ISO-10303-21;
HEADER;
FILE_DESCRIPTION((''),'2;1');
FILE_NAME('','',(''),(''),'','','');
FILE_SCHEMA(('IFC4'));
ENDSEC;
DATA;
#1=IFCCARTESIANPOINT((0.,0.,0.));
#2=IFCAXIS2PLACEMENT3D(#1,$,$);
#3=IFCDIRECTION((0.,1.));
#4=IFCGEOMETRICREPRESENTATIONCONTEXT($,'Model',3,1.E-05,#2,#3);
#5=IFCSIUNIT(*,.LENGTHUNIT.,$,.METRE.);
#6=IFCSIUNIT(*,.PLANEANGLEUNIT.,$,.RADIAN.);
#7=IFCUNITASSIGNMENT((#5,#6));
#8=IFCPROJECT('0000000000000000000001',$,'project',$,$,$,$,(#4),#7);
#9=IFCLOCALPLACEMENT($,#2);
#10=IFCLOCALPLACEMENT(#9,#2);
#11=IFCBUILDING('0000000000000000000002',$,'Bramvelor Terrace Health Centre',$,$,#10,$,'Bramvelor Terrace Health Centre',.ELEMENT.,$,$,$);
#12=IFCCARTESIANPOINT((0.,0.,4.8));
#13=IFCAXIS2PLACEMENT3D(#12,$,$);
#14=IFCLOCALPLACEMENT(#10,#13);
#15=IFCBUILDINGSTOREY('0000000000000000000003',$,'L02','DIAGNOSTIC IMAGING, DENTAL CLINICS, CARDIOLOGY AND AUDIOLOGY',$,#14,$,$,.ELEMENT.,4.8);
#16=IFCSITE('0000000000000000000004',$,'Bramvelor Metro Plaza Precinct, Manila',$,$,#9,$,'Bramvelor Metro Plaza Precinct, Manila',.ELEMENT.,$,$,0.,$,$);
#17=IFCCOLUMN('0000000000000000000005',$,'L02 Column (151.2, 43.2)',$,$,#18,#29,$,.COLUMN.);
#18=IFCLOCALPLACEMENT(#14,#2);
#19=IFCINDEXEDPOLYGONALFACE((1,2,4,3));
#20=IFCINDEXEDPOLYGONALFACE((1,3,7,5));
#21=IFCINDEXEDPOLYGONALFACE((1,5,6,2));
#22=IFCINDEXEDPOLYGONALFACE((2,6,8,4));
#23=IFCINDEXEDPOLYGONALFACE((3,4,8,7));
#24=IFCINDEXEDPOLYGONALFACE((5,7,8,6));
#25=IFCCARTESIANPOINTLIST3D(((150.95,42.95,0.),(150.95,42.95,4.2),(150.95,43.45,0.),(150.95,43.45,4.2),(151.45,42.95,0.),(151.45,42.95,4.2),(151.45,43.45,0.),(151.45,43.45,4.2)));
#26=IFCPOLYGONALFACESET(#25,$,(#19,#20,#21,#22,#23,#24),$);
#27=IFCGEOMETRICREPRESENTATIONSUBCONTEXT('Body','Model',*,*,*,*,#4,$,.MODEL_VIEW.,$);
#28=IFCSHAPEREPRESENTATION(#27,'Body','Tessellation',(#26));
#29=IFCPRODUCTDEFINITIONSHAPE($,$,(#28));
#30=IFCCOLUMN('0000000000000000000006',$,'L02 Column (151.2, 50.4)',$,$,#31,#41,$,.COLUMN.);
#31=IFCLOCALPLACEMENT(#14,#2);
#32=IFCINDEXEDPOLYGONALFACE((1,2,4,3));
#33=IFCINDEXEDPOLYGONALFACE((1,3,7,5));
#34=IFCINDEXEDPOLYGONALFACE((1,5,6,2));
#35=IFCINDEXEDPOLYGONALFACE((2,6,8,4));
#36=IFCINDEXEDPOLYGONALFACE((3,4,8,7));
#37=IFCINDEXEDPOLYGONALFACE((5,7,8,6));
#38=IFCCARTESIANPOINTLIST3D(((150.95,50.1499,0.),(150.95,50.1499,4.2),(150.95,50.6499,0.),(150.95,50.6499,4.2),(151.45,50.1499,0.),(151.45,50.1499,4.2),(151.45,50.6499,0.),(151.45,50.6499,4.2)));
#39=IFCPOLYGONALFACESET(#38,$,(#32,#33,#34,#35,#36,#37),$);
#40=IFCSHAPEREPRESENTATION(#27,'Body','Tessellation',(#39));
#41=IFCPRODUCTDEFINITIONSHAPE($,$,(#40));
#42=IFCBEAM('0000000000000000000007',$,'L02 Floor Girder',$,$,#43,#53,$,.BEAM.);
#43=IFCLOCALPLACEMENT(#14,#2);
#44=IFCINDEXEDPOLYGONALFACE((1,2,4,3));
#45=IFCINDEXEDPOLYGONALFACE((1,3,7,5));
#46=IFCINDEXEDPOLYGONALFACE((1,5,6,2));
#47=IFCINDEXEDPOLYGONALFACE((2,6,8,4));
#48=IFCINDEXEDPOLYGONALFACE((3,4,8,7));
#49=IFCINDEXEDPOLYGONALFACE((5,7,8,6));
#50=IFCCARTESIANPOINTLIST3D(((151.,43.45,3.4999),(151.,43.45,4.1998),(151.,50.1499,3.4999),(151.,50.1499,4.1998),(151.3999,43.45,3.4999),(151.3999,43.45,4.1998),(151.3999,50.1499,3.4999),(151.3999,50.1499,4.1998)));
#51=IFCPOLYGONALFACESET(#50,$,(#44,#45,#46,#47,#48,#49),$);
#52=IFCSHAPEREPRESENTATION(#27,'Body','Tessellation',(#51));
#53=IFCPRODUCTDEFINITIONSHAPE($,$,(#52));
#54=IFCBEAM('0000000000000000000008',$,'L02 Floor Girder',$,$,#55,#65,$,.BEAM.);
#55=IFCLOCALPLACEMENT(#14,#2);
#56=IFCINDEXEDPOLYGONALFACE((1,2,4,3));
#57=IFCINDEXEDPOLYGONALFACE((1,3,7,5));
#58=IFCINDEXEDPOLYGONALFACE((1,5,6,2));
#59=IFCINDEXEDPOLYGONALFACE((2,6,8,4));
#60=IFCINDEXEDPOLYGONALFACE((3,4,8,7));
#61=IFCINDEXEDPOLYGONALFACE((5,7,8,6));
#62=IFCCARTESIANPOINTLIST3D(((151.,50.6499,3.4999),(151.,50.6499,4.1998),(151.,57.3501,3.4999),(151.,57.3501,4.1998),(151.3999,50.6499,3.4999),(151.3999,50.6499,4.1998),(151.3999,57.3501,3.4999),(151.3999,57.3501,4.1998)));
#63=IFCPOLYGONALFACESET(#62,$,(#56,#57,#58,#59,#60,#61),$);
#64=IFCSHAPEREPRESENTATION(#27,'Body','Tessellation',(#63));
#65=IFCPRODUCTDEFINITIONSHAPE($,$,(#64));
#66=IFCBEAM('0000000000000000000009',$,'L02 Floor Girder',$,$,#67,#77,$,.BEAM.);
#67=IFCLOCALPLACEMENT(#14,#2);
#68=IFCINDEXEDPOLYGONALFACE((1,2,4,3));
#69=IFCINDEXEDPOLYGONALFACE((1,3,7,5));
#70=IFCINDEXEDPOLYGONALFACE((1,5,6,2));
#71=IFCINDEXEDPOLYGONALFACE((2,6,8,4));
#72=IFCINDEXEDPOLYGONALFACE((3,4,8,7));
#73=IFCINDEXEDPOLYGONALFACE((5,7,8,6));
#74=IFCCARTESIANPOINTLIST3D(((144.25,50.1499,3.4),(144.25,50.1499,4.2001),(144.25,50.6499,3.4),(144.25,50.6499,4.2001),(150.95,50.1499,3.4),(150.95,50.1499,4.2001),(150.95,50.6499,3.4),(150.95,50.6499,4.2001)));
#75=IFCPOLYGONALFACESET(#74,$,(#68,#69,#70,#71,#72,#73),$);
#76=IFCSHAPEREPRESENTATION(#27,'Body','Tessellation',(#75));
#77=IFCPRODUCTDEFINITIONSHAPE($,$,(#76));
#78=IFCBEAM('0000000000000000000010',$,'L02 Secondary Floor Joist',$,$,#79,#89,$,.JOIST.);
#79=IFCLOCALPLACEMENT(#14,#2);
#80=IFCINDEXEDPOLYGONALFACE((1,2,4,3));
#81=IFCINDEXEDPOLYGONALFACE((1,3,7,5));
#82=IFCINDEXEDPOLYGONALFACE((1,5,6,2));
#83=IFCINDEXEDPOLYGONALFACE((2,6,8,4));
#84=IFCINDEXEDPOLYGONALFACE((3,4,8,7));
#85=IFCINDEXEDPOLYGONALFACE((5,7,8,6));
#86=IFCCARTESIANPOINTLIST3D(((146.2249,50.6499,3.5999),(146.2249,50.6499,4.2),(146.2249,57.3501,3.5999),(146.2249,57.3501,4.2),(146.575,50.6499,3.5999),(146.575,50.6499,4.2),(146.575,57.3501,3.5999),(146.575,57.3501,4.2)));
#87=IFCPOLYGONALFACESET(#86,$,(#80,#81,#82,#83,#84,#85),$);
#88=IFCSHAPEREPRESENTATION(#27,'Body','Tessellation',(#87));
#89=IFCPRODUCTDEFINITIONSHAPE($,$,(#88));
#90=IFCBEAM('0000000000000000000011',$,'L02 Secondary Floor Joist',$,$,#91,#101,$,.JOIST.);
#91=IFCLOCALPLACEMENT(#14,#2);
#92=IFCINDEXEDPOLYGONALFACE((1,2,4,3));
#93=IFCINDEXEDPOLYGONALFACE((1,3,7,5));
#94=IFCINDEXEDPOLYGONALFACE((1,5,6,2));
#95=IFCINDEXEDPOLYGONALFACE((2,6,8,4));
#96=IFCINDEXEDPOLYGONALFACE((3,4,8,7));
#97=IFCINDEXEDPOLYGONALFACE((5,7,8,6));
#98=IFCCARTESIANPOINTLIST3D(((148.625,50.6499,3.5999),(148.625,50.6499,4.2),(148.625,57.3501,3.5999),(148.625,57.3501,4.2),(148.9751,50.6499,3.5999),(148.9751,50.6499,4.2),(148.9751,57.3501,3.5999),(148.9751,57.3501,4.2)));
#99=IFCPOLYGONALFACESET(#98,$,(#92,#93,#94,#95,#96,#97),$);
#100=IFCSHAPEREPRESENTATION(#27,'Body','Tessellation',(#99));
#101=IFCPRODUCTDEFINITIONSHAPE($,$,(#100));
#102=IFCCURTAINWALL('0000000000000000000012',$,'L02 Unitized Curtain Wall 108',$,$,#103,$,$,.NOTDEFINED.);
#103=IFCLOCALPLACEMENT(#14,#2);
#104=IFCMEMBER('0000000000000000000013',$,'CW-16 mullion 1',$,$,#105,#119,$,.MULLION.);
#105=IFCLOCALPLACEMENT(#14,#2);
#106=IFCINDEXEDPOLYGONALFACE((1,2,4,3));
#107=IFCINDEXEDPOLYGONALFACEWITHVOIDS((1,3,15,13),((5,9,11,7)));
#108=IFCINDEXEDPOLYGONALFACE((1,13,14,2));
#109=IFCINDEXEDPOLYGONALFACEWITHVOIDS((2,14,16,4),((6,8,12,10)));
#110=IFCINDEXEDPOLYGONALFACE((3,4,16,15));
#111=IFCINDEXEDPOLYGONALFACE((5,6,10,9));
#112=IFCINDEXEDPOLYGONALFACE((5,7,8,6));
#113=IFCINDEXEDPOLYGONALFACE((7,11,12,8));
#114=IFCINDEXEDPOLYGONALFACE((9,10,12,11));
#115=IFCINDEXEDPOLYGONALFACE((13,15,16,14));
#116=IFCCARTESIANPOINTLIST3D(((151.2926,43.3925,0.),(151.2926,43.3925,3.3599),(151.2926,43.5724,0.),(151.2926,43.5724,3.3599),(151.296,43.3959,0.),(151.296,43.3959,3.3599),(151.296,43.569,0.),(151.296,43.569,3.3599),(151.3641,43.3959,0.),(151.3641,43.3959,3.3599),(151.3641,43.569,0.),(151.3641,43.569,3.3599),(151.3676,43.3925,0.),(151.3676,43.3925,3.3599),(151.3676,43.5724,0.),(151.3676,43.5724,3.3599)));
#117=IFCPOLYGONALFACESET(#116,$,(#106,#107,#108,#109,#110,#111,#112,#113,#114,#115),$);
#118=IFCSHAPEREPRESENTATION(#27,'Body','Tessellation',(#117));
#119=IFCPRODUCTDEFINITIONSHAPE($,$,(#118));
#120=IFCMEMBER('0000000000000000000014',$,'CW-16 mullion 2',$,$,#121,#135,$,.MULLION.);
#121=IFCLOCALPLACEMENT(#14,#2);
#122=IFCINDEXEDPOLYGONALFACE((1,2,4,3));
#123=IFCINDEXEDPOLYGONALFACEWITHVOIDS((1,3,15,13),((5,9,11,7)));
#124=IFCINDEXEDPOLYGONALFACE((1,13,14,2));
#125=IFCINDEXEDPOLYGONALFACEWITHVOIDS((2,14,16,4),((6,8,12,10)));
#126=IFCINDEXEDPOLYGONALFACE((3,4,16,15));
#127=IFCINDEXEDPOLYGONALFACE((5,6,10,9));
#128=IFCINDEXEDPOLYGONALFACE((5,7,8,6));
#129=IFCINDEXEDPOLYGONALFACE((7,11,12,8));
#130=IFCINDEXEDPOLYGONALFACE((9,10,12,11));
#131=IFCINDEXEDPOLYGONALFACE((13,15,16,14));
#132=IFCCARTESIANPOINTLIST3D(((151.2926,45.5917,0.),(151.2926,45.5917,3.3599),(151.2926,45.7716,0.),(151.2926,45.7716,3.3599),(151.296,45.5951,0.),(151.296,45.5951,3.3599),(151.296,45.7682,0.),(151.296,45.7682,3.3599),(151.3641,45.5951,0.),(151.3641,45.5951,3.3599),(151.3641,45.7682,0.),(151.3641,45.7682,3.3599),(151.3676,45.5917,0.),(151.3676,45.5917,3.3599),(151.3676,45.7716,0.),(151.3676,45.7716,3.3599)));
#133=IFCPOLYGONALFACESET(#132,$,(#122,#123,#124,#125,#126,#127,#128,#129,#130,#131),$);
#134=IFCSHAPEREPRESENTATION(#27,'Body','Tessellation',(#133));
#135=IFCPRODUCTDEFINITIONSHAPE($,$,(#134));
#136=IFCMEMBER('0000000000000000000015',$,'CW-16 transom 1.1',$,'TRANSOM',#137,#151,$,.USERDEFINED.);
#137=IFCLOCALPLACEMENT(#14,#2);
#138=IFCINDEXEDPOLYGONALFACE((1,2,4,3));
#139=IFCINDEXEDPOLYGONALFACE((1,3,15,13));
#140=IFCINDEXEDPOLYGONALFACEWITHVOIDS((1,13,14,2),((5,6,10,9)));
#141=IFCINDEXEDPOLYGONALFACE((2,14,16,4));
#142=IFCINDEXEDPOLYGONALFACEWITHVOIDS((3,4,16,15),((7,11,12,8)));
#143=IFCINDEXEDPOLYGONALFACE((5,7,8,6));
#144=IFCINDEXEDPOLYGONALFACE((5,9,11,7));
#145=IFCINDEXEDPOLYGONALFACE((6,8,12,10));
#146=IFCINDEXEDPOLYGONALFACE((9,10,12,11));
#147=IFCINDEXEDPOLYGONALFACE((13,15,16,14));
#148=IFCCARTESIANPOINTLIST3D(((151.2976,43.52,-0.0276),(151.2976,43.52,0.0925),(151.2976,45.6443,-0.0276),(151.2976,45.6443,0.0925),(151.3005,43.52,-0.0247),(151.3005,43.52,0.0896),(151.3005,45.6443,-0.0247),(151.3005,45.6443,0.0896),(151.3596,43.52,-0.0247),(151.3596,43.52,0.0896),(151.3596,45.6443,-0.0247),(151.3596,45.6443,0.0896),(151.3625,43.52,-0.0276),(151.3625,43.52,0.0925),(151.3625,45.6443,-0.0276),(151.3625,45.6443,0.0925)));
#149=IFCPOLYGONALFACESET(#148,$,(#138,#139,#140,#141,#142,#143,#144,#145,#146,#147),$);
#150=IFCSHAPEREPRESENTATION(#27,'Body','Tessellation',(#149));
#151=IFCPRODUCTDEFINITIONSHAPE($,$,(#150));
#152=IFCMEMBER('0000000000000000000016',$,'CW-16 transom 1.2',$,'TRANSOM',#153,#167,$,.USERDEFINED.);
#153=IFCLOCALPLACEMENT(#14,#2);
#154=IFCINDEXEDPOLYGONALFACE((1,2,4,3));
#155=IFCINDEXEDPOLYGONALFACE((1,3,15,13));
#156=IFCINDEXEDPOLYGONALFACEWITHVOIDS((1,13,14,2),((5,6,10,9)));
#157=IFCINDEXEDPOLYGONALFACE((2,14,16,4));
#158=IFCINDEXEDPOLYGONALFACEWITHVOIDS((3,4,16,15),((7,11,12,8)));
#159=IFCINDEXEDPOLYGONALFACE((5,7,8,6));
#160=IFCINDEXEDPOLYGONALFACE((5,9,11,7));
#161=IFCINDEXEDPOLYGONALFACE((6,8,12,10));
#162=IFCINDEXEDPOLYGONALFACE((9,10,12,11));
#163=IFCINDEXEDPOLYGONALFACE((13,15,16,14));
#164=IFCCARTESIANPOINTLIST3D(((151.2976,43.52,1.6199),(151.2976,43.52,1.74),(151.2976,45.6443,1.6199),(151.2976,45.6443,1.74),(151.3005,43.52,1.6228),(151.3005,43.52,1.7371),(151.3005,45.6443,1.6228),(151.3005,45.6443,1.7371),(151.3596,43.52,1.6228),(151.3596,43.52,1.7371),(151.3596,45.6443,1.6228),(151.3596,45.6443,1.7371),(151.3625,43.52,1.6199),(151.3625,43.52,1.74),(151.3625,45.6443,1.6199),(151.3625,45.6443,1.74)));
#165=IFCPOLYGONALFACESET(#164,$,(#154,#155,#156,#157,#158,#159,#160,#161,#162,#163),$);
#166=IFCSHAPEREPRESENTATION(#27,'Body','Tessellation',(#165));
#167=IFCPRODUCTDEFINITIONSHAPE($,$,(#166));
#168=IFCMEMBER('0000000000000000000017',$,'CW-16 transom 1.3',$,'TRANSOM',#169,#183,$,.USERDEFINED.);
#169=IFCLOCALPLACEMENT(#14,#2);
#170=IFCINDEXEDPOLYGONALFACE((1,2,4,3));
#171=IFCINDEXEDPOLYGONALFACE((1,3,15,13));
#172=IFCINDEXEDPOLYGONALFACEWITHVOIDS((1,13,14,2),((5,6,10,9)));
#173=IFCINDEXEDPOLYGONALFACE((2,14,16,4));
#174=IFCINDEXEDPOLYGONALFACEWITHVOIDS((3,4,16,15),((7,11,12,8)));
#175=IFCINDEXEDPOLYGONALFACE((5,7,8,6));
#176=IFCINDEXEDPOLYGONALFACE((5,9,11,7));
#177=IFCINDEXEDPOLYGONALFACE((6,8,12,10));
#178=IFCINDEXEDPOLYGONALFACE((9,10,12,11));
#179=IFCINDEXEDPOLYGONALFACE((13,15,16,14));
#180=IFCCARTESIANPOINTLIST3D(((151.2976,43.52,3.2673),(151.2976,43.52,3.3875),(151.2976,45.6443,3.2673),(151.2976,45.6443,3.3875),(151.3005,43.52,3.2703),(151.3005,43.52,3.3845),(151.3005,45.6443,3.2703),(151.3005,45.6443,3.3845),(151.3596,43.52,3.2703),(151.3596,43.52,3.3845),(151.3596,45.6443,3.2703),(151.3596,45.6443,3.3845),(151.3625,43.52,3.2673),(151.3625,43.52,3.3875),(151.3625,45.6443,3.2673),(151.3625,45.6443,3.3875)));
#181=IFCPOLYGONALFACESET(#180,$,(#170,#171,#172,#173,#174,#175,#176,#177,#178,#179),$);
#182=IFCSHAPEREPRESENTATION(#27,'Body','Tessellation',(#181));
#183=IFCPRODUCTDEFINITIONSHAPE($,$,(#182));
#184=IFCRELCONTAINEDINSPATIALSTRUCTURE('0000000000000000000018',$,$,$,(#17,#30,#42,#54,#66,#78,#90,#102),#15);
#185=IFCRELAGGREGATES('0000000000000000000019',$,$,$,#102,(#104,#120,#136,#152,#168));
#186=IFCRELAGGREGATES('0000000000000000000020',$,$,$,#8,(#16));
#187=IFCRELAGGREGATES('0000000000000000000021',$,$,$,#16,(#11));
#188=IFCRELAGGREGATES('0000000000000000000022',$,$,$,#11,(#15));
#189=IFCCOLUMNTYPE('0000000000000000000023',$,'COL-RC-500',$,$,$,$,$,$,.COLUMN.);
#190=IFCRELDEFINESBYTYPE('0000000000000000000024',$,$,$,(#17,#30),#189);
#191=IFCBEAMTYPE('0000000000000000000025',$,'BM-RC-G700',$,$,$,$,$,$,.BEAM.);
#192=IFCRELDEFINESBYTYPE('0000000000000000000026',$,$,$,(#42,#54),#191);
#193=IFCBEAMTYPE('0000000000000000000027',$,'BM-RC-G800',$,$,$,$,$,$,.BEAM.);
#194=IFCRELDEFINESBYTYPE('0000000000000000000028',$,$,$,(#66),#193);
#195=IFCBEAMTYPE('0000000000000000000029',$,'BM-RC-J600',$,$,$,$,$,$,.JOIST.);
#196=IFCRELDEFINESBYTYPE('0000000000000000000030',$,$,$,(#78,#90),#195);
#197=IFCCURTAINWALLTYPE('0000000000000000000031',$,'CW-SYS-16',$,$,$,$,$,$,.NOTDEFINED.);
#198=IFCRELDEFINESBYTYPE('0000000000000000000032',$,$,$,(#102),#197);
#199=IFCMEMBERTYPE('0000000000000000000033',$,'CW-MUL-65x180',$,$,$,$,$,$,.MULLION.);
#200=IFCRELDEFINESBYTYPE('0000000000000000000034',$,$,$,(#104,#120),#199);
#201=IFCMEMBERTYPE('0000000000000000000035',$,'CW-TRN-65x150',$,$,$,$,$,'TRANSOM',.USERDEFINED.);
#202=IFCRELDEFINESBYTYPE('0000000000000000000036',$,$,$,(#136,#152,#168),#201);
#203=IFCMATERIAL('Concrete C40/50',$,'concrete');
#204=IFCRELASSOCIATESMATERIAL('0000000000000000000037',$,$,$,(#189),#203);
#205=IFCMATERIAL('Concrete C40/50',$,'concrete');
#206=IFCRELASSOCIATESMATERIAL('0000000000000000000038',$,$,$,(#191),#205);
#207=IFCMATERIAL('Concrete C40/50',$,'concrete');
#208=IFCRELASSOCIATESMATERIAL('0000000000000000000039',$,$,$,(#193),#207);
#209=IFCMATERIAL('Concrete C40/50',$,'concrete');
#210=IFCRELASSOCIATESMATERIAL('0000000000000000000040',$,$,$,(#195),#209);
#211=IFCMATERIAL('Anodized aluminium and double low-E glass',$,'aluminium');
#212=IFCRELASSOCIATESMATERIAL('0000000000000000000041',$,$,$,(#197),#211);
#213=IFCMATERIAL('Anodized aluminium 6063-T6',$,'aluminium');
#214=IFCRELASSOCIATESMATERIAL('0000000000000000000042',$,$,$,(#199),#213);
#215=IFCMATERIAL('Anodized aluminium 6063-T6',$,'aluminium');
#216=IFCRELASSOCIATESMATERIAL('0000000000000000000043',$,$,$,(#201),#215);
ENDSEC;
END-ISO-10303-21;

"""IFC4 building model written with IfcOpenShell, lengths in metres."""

from ifc_helpers import new_model, si_unit, direction, frame, origin, origin_2d, place, context, subcontext, project, spatial, rectangle, hollow_rectangle, extrude, material, material_profile, profile_set, type_object, element, aggregate, save


model = new_model("IFC4")

# Units and contexts
model_context = context("Model", 3, precision=1e-05, world=origin(), true_north=direction((0.0, 1.0)))
body_context = subcontext(model_context, "Body", "Model", "MODEL_VIEW")
ifc_project = project(units=[si_unit("LENGTHUNIT", "METRE"), si_unit("PLANEANGLEUNIT", "RADIAN")], contexts=[model_context])

# Site, building, storey
site_placement = place(None, origin())
site = spatial("IfcSite", under=ifc_project, at=site_placement, Name="Bramvelor Metro Plaza Precinct, Manila", LongName="Bramvelor Metro Plaza Precinct, Manila", CompositionType="ELEMENT", RefElevation=0.0)
building_placement = place(site_placement, origin())
building = spatial("IfcBuilding", under=site, at=building_placement, Name="Bramvelor Terrace Health Centre", LongName="Bramvelor Terrace Health Centre", CompositionType="ELEMENT")
storey_placement = place(building_placement, frame((0.0, 0.0, 4.8)))
storey = spatial("IfcBuildingStorey", under=building, at=storey_placement, Name="L02", Description="DIAGNOSTIC IMAGING, DENTAL CLINICS, CARDIOLOGY AND AUDIOLOGY", CompositionType="ELEMENT", Elevation=4.8)

# Columns
ifc_material_1 = material(Name="Concrete C40/50", Category="concrete")
ifc_material_profile_1 = material_profile(ifc_material_1, rectangle(XDim=0.5, YDim=0.5, at=origin_2d()), Name="RC 500x500")
ifc_profile_set_1 = profile_set([ifc_material_profile_1], Name="Concrete C40/50")
column_type = type_object("IfcColumnType", Name="COL-RC-500", PredefinedType="COLUMN", material=ifc_profile_set_1)
for number, where, z_axis, x_axis, name in (
    (1, (151.2, 43.2, 0.0), (0.0, 0.0, 1.0), (1.0, 0.0, 0.0), "L02 Column (151.2, 43.2)"),
    (2, (151.2, 50.3999, 0.0), (0.0, 0.0, 1.0), (1.0, 0.0, 0.0), "L02 Column (151.2, 50.4)"),
):
    element("IfcColumn", number, at=place(storey_placement, frame(where, z_axis=z_axis, x_axis=x_axis)), inside=storey, type_object=column_type, Name=name, PredefinedType="COLUMN", context=body_context, shape_type="SweptSolid", body=[
        extrude(rectangle(XDim=0.5, YDim=0.5, at=origin_2d()), origin(), (0.0, 0.0, 1.0), 4.2),
    ])

# Beams
ifc_material_2 = material(Name="Concrete C40/50", Category="concrete")
ifc_material_profile_2 = material_profile(ifc_material_2, rectangle(XDim=0.3999, YDim=0.7, at=origin_2d()), Name="RC 400x700")
ifc_profile_set_2 = profile_set([ifc_material_profile_2], Name="Concrete C40/50")
beam_type_1 = type_object("IfcBeamType", Name="BM-RC-G700", PredefinedType="BEAM", material=ifc_profile_set_2)
beam_1_placement = place(storey_placement, frame((151.2, 43.45, 3.8499), z_axis=(0.0, 1.0, 0.0), x_axis=(-1.0, 0.0, 0.0)))
element("IfcBeam", 3, at=beam_1_placement, inside=storey, type_object=beam_type_1, Name="L02 Floor Girder", PredefinedType="BEAM", context=body_context, shape_type="SweptSolid", body=[
    extrude(rectangle(XDim=0.3999, YDim=0.7, at=origin_2d()), origin(), (0.0, 0.0, 1.0), 6.7),
])
beam_2_placement = place(storey_placement, frame((151.2, 50.6499, 3.8499), z_axis=(0.0, 1.0, 0.0), x_axis=(-1.0, 0.0, 0.0)))
element("IfcBeam", 4, at=beam_2_placement, inside=storey, type_object=beam_type_1, Name="L02 Floor Girder", PredefinedType="BEAM", context=body_context, shape_type="SweptSolid", body=[
    extrude(rectangle(XDim=0.3999, YDim=0.7, at=origin_2d()), origin(), (0.0, 0.0, 1.0), 6.7002),
])
ifc_material_3 = material(Name="Concrete C40/50", Category="concrete")
ifc_material_profile_3 = material_profile(ifc_material_3, rectangle(XDim=0.5, YDim=0.8, at=origin_2d()), Name="RC 500x800")
ifc_profile_set_3 = profile_set([ifc_material_profile_3], Name="Concrete C40/50")
beam_type_2 = type_object("IfcBeamType", Name="BM-RC-G800", PredefinedType="BEAM", material=ifc_profile_set_3)
beam_3_placement = place(storey_placement, frame((144.25, 50.3999, 3.8), z_axis=(1.0, 0.0, 0.0), x_axis=(0.0, 1.0, 0.0)))
element("IfcBeam", 5, at=beam_3_placement, inside=storey, type_object=beam_type_2, Name="L02 Floor Girder", PredefinedType="BEAM", context=body_context, shape_type="SweptSolid", body=[
    extrude(rectangle(XDim=0.5, YDim=0.8, at=origin_2d()), origin(), (0.0, 0.0, 1.0), 6.7),
])
ifc_material_4 = material(Name="Concrete C40/50", Category="concrete")
ifc_material_profile_4 = material_profile(ifc_material_4, rectangle(XDim=0.3501, YDim=0.6001, at=origin_2d()), Name="RC 350x600")
ifc_profile_set_4 = profile_set([ifc_material_profile_4], Name="Concrete C40/50")
beam_type_3 = type_object("IfcBeamType", Name="BM-RC-J600", PredefinedType="JOIST", material=ifc_profile_set_4)
for number, where, z_axis, x_axis, name in (
    (6, (146.3999, 50.6499, 3.8999), (0.0, 1.0, 0.0), (-1.0, 0.0, 0.0), "L02 Secondary Floor Joist"),
    (7, (148.8, 50.6499, 3.8999), (0.0, 1.0, 0.0), (-1.0, 0.0, 0.0), "L02 Secondary Floor Joist"),
):
    element("IfcBeam", number, at=place(storey_placement, frame(where, z_axis=z_axis, x_axis=x_axis)), inside=storey, type_object=beam_type_3, Name=name, PredefinedType="JOIST", context=body_context, shape_type="SweptSolid", body=[
        extrude(rectangle(XDim=0.3501, YDim=0.6001, at=origin_2d()), origin(), (0.0, 0.0, 1.0), 6.7002),
    ])

# Curtain wall, members
ifc_material_5 = material(Name="Anodized aluminium and double low-E glass", Category="aluminium")
curtain_wall_type = type_object("IfcCurtainWallType", Name="CW-SYS-16", PredefinedType="NOTDEFINED", material=ifc_material_5)
curtain_wall_placement = place(storey_placement, origin())
curtain_wall = element("IfcCurtainWall", 8, at=curtain_wall_placement, inside=storey, type_object=curtain_wall_type, Name="L02 Unitized Curtain Wall 108", PredefinedType="NOTDEFINED")
ifc_material_6 = material(Name="Anodized aluminium 6063-T6", Category="aluminium")
ifc_material_profile_5 = material_profile(ifc_material_6, hollow_rectangle(XDim=0.075, YDim=0.1799, WallThickness=0.0034, at=origin_2d()), Name="ALU-MUL 75x180x3.5")
ifc_profile_set_5 = profile_set([ifc_material_profile_5], Name="Anodized aluminium 6063-T6")
member_type_1 = type_object("IfcMemberType", Name="CW-MUL-65x180", PredefinedType="MULLION", material=ifc_profile_set_5)
member_1_placement = place(storey_placement, frame((151.3301, 43.4824, 0.0), z_axis=(0.0, 0.0, 1.0), x_axis=(-1.0, 0.0, 0.0)))
member_1 = element("IfcMember", 9, at=member_1_placement, type_object=member_type_1, Name="CW-16 mullion 1", PredefinedType="MULLION", context=body_context, shape_type="SweptSolid", body=[
    extrude(hollow_rectangle(XDim=0.075, YDim=0.1799, WallThickness=0.0034, at=origin_2d()), origin(), (0.0, 0.0, 1.0), 3.3599),
])
member_2_placement = place(storey_placement, frame((151.3301, 45.6816, 0.0), z_axis=(0.0, 0.0, 1.0), x_axis=(-1.0, 0.0, 0.0)))
member_2 = element("IfcMember", 10, at=member_2_placement, type_object=member_type_1, Name="CW-16 mullion 2", PredefinedType="MULLION", context=body_context, shape_type="SweptSolid", body=[
    extrude(hollow_rectangle(XDim=0.075, YDim=0.1799, WallThickness=0.0034, at=origin_2d()), origin(), (0.0, 0.0, 1.0), 3.3599),
])
ifc_material_7 = material(Name="Anodized aluminium 6063-T6", Category="aluminium")
ifc_material_profile_6 = material_profile(ifc_material_7, hollow_rectangle(XDim=0.0649, YDim=0.1201, WallThickness=0.0029, at=origin_2d()), Name="ALU-TRN 65x120x3.0")
ifc_profile_set_6 = profile_set([ifc_material_profile_6], Name="Anodized aluminium 6063-T6")
member_type_2 = type_object("IfcMemberType", Name="CW-TRN-65x150", ElementType="TRANSOM", PredefinedType="USERDEFINED", material=ifc_profile_set_6)
member_3_placement = place(storey_placement, frame((151.3301, 43.52, 0.0325), z_axis=(0.0, 1.0, 0.0), x_axis=(-1.0, 0.0, 0.0)))
member_3 = element("IfcMember", 11, at=member_3_placement, type_object=member_type_2, Name="CW-16 transom 1.1", ObjectType="TRANSOM", PredefinedType="USERDEFINED", context=body_context, shape_type="SweptSolid", body=[
    extrude(hollow_rectangle(XDim=0.0649, YDim=0.1201, WallThickness=0.0029, at=origin_2d()), origin(), (0.0, 0.0, 1.0), 2.1243),
])
member_4_placement = place(storey_placement, frame((151.3301, 43.52, 1.6799), z_axis=(0.0, 1.0, 0.0), x_axis=(-1.0, 0.0, 0.0)))
member_4 = element("IfcMember", 12, at=member_4_placement, type_object=member_type_2, Name="CW-16 transom 1.2", ObjectType="TRANSOM", PredefinedType="USERDEFINED", context=body_context, shape_type="SweptSolid", body=[
    extrude(hollow_rectangle(XDim=0.0649, YDim=0.1201, WallThickness=0.0029, at=origin_2d()), origin(), (0.0, 0.0, 1.0), 2.1243),
])
member_5_placement = place(storey_placement, frame((151.3301, 43.52, 3.3274), z_axis=(0.0, 1.0, 0.0), x_axis=(-1.0, 0.0, 0.0)))
member_5 = element("IfcMember", 13, at=member_5_placement, type_object=member_type_2, Name="CW-16 transom 1.3", ObjectType="TRANSOM", PredefinedType="USERDEFINED", context=body_context, shape_type="SweptSolid", body=[
    extrude(hollow_rectangle(XDim=0.0649, YDim=0.1201, WallThickness=0.0029, at=origin_2d()), origin(), (0.0, 0.0, 1.0), 2.1243),
])
aggregate(curtain_wall, [member_1, member_2, member_3, member_4, member_5])

save(model, "model.ifc")
